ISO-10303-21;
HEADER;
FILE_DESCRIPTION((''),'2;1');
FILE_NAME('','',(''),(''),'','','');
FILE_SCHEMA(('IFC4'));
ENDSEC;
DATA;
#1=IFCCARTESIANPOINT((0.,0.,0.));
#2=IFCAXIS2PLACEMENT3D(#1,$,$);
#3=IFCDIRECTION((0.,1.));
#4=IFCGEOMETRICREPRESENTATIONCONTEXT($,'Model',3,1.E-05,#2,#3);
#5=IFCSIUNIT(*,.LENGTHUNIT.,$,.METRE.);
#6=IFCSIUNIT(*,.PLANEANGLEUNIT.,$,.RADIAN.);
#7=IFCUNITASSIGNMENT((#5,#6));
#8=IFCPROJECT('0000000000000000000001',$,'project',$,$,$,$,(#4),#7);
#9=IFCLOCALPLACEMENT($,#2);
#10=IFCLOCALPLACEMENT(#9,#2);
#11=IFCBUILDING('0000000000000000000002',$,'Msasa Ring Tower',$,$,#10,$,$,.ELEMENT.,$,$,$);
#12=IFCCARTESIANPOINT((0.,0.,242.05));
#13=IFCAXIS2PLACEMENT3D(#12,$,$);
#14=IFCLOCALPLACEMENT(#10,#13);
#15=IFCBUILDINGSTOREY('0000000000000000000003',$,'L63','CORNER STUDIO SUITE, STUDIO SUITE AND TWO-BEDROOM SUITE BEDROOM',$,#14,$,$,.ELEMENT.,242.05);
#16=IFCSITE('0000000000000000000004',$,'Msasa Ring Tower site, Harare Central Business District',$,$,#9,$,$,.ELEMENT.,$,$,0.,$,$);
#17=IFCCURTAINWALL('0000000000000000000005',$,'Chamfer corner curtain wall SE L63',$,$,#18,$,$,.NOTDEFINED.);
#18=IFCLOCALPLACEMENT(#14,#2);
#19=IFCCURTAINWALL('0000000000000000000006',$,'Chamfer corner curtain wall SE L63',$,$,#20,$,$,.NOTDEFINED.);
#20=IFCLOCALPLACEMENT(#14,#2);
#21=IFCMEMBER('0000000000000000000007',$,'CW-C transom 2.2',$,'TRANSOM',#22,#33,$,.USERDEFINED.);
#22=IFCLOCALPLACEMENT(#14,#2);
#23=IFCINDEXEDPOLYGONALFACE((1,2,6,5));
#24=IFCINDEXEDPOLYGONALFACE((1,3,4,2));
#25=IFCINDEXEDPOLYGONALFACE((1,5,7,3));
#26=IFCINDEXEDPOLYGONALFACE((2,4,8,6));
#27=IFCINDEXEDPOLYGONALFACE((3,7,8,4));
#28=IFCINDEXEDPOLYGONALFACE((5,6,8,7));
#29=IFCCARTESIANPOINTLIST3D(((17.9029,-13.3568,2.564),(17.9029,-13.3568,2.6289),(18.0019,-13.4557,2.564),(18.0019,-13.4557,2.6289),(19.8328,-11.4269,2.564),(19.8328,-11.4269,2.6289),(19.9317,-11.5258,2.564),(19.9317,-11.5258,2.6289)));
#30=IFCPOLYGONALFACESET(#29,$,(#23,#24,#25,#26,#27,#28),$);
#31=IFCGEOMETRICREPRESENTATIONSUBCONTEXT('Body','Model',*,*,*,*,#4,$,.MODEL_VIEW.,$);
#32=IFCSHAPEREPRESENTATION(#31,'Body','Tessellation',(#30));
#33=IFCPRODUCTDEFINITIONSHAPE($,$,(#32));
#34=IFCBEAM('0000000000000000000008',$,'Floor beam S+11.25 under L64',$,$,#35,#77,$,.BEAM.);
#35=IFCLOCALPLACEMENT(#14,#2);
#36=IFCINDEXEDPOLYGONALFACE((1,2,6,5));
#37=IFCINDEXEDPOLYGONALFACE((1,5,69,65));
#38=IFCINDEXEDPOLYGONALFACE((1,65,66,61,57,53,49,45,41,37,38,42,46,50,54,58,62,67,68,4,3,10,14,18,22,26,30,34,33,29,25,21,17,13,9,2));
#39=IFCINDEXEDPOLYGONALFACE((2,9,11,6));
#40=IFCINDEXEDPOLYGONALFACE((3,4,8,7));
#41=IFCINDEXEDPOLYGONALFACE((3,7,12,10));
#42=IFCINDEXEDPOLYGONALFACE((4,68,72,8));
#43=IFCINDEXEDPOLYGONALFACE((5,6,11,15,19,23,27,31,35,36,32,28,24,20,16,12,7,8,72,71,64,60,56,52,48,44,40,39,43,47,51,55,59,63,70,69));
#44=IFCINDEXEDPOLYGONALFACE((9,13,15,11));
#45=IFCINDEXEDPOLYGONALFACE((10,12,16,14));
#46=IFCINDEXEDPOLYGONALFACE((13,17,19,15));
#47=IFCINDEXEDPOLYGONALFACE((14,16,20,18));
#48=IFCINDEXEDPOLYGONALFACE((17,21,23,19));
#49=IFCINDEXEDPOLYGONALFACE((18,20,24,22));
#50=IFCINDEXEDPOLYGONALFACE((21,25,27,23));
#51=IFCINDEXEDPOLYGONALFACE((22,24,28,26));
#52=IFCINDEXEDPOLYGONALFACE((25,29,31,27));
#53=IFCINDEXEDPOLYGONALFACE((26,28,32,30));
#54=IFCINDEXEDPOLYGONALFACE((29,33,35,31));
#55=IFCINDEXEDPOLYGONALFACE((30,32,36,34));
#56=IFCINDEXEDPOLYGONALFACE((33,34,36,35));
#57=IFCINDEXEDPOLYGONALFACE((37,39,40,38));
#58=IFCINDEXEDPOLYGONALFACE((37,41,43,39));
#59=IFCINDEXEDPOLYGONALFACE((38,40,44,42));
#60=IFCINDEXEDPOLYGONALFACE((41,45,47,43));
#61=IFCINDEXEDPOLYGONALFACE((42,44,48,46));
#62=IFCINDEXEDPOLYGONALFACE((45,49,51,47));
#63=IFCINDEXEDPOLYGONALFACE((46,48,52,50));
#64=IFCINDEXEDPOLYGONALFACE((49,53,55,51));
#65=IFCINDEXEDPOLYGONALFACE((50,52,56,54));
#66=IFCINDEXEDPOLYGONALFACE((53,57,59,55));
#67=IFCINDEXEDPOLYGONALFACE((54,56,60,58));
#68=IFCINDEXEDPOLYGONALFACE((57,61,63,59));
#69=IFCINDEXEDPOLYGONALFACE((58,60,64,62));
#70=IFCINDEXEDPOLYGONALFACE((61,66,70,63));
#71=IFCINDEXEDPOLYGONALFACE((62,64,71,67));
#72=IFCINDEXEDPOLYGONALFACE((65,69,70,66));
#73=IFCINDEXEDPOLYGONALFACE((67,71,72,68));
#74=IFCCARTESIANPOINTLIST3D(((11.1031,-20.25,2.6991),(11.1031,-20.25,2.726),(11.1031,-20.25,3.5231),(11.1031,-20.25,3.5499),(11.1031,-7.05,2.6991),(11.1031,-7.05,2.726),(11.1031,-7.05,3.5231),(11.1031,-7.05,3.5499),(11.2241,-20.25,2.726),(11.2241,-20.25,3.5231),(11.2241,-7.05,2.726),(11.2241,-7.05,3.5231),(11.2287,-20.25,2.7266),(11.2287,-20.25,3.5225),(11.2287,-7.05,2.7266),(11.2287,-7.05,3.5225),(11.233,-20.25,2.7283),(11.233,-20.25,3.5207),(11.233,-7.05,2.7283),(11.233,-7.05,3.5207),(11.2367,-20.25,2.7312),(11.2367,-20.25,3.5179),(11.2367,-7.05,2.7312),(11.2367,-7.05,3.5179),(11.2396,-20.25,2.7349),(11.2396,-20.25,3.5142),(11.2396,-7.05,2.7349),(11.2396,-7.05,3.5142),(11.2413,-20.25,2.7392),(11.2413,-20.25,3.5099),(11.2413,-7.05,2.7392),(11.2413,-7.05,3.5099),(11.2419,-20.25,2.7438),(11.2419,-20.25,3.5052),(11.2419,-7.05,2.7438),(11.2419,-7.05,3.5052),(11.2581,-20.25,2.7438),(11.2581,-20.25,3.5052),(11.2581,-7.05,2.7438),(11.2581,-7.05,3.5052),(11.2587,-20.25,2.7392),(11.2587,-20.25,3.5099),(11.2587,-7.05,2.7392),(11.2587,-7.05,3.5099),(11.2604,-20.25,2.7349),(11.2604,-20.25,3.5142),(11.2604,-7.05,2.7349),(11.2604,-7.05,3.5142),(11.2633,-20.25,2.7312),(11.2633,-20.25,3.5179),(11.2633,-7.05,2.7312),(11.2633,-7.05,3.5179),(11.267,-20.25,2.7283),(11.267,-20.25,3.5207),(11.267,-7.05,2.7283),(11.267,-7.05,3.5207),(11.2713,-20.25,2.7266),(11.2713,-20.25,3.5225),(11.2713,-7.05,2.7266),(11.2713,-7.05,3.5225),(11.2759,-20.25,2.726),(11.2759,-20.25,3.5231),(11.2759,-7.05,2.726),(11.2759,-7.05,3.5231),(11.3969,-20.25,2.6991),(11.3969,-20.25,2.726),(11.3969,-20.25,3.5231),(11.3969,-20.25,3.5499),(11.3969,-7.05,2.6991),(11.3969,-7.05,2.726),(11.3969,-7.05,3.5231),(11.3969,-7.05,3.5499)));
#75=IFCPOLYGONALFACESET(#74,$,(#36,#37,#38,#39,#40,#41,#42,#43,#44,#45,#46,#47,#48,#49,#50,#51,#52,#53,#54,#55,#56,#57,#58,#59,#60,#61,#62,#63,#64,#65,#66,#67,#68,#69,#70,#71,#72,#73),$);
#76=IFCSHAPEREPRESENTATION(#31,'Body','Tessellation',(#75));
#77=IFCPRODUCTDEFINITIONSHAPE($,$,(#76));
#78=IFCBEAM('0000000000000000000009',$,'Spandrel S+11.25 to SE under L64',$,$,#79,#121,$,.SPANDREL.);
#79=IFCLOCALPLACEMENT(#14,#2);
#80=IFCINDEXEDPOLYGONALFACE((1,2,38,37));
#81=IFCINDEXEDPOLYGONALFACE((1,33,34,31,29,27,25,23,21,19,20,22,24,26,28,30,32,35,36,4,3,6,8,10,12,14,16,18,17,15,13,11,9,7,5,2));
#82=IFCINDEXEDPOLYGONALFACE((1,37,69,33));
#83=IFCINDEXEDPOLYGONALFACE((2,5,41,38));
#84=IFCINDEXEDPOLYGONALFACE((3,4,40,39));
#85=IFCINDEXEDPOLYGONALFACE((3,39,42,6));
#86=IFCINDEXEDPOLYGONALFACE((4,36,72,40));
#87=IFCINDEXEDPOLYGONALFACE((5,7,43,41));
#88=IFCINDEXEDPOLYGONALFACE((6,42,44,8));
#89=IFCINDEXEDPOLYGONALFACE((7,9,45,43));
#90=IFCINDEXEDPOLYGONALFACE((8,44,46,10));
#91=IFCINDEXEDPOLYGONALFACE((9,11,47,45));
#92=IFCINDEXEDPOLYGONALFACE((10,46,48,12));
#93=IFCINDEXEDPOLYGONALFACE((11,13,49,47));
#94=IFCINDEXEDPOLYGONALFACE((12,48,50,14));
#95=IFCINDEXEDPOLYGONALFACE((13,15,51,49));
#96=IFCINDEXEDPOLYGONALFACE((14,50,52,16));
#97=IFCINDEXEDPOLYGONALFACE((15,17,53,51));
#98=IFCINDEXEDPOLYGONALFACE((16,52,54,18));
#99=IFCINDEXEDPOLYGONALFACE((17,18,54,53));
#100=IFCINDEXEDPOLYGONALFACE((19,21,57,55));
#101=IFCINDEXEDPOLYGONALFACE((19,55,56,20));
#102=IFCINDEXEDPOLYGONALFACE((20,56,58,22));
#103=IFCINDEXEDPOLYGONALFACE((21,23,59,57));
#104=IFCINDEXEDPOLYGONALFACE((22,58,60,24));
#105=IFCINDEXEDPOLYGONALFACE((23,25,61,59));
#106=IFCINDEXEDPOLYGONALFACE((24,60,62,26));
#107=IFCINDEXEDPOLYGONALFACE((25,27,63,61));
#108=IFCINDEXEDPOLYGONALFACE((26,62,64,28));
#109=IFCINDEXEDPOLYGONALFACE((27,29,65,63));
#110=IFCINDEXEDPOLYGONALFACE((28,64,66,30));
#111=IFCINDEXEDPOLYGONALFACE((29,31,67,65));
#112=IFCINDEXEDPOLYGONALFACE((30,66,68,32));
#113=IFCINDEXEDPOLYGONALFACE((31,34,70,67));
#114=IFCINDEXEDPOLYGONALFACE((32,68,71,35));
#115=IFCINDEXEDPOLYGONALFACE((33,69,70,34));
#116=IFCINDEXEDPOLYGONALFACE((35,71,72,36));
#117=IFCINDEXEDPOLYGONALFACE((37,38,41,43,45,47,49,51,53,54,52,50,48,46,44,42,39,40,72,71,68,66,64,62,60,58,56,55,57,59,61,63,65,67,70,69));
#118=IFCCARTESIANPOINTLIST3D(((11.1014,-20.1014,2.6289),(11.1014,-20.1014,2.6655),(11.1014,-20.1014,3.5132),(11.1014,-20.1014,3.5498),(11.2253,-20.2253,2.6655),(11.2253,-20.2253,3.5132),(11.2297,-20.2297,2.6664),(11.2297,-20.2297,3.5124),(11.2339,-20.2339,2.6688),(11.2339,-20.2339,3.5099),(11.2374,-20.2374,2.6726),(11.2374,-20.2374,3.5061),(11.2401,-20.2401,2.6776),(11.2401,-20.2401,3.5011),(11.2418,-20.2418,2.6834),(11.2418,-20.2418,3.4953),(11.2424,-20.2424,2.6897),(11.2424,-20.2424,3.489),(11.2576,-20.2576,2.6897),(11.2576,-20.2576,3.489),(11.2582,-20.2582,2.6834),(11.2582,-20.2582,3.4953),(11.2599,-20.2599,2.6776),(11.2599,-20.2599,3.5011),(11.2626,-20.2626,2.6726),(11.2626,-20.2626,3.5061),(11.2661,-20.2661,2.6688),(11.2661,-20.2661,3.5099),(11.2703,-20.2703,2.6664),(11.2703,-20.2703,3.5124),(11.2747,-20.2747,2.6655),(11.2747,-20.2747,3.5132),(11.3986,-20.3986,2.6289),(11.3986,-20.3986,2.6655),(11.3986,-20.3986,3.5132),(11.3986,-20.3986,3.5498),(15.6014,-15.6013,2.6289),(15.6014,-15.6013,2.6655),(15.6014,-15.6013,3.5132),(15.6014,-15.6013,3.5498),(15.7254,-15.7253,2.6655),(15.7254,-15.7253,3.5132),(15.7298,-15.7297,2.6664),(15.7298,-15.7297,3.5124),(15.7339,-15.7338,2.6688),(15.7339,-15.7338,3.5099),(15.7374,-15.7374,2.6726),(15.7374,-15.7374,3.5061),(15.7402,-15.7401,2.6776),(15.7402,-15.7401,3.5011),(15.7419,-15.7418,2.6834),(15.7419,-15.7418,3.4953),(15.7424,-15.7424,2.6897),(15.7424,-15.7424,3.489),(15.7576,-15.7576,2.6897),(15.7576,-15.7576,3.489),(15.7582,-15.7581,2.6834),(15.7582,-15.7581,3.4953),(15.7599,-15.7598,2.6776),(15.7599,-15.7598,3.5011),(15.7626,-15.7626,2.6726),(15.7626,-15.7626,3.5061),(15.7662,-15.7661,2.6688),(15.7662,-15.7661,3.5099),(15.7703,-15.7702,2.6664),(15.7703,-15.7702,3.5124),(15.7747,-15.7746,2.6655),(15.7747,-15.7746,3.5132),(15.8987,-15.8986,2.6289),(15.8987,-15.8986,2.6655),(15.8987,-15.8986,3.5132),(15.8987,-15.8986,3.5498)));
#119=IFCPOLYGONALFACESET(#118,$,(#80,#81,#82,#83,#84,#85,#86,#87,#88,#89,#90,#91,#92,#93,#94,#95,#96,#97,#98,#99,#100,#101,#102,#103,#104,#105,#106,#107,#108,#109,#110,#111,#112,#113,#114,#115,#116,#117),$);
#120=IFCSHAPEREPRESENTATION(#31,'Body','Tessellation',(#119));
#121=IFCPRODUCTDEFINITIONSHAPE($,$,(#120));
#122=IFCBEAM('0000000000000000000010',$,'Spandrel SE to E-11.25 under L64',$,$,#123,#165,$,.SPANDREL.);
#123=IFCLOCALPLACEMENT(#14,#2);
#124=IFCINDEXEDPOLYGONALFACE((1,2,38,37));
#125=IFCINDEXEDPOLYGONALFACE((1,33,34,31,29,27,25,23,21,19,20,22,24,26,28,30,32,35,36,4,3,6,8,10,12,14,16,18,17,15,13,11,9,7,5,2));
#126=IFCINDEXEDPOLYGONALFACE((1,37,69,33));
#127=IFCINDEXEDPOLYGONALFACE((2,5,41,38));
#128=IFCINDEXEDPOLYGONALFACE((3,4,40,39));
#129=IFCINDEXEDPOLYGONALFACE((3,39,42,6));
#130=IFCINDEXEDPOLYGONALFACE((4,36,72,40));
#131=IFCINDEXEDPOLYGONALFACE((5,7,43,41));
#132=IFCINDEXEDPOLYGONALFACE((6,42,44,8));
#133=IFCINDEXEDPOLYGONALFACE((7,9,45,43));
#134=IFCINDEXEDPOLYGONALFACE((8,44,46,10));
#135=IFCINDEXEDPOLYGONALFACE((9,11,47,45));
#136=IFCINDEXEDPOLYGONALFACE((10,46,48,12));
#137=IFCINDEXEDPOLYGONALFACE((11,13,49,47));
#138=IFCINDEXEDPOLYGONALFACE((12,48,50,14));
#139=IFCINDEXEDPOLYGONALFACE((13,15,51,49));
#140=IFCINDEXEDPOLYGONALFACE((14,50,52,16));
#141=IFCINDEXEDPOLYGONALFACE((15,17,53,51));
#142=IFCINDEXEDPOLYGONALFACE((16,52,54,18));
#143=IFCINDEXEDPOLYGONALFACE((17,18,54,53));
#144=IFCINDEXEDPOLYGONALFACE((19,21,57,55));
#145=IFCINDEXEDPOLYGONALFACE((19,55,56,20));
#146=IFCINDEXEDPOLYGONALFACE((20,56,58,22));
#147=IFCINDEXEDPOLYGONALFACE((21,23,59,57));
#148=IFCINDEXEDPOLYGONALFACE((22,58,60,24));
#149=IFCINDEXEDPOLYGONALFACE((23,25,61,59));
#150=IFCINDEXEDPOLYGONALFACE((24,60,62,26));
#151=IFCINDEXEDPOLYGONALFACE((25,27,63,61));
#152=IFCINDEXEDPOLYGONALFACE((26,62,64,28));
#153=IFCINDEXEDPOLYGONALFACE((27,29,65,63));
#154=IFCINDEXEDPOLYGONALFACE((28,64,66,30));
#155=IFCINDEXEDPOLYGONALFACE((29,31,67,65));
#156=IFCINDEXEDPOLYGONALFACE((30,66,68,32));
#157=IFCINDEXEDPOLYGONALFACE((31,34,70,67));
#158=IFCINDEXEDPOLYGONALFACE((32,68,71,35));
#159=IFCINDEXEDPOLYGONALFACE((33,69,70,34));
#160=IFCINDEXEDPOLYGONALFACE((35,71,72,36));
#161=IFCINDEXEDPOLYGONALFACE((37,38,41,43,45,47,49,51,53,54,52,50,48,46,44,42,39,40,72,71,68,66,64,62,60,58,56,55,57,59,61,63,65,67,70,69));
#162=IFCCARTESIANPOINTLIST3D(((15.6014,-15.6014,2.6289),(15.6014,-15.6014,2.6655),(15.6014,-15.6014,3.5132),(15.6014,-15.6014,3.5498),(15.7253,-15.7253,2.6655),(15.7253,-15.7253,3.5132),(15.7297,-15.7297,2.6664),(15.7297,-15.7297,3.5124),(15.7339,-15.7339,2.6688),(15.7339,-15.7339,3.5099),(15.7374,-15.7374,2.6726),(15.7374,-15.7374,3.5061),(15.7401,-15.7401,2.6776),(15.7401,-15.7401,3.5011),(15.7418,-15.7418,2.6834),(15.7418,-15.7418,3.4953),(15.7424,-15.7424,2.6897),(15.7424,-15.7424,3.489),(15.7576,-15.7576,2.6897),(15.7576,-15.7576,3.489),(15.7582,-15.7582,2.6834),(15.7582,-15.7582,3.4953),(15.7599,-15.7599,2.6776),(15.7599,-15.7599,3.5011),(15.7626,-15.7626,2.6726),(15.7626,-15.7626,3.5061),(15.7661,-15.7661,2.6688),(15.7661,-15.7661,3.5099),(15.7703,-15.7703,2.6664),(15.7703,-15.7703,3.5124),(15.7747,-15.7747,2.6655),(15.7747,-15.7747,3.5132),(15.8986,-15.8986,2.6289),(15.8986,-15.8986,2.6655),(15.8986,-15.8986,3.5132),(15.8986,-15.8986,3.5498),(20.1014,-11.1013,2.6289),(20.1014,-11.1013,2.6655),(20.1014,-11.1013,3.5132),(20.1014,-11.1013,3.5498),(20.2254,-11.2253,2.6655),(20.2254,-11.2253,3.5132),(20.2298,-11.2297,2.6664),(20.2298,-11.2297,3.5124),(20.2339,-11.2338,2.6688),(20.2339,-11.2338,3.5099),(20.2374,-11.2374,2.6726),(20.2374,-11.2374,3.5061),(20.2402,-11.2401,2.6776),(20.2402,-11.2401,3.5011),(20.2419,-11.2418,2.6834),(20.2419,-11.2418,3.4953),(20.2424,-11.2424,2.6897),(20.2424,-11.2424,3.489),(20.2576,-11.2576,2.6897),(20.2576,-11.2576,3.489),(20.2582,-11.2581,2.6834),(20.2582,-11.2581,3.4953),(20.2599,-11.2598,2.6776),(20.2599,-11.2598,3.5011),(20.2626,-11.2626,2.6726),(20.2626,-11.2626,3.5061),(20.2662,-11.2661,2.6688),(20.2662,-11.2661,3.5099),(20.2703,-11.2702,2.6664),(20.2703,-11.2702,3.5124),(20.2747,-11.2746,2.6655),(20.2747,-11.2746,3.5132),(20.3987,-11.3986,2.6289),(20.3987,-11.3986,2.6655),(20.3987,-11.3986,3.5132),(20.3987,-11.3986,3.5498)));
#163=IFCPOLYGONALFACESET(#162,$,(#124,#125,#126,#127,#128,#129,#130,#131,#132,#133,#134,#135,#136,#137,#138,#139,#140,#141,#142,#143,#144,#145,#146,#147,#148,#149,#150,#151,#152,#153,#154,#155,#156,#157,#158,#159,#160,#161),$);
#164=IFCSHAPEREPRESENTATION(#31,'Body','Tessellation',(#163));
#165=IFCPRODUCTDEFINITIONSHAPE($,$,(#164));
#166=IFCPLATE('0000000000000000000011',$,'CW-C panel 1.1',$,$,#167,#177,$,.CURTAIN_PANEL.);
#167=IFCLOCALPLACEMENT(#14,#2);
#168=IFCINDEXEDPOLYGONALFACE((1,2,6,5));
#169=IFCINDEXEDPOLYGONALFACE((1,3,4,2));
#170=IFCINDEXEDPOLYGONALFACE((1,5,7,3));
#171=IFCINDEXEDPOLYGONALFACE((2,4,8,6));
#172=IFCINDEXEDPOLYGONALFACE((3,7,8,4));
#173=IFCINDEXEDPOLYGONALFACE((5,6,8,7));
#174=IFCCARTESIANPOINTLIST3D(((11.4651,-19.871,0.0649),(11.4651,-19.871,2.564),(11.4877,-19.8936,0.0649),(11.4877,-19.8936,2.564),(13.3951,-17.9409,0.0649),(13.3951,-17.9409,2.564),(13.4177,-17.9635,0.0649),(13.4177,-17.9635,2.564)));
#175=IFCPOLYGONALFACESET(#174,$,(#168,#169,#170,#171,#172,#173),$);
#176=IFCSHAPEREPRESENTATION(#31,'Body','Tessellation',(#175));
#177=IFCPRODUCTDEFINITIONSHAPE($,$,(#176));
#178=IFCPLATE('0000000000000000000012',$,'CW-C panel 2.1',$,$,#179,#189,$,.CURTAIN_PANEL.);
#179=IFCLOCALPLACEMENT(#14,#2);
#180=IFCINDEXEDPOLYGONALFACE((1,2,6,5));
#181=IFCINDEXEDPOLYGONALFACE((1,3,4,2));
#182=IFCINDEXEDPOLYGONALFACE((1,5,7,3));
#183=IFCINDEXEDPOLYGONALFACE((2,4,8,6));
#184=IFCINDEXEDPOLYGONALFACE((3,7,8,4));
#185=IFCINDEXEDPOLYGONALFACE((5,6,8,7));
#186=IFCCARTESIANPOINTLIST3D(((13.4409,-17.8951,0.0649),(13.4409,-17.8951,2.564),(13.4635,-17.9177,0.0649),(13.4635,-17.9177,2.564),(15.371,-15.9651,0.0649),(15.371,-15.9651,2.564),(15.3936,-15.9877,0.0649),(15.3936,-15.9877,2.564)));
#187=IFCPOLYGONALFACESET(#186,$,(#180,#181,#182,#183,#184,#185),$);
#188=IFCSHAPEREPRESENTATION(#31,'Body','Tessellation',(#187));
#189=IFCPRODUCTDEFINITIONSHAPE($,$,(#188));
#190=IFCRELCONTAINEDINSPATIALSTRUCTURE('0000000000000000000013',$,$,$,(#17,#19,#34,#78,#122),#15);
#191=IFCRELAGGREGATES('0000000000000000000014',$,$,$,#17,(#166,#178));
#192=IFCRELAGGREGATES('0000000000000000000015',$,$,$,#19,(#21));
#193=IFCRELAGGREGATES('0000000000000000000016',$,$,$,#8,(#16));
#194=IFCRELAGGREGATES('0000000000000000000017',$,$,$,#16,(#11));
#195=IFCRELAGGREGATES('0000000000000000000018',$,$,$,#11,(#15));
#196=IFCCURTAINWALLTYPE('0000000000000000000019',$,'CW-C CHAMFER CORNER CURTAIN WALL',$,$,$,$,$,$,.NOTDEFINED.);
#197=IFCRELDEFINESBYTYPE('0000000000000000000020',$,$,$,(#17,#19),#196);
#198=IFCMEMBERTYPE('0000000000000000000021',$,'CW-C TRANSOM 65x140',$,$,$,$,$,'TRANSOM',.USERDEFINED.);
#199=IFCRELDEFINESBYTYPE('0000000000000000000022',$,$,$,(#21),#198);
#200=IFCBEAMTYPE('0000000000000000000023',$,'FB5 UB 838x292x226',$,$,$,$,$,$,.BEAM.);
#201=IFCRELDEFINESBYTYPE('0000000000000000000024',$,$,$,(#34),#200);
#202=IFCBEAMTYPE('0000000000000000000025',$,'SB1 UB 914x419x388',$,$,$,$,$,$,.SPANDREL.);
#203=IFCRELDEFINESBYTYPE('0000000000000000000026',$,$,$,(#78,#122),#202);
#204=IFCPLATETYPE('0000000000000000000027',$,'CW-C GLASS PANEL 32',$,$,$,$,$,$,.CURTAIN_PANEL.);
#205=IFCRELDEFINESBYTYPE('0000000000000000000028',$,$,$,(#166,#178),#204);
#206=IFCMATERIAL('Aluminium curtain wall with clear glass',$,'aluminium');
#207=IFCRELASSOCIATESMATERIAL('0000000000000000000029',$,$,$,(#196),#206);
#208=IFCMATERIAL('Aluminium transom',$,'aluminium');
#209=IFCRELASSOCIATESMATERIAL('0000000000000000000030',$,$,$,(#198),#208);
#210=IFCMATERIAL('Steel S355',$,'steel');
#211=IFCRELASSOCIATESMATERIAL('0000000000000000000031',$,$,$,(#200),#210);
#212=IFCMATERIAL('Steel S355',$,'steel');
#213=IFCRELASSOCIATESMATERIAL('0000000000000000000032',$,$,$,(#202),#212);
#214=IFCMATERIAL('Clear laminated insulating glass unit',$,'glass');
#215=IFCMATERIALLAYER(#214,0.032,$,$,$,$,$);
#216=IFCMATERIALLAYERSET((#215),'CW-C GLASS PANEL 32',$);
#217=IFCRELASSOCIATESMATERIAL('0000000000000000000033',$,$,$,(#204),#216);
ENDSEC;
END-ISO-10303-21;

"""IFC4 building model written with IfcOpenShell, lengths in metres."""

from ifc_helpers import new_model, si_unit, direction, frame, origin, origin_2d, place, context, subcontext, project, spatial, rectangle, i_section, extrude, material, layer, layer_set, material_profile, profile_set, type_object, element, aggregate, save


model = new_model("IFC4")

# Units and contexts
model_context = context("Model", 3, precision=1e-05, world=origin(), true_north=direction((0.0, 1.0)))
body_context = subcontext(model_context, "Body", "Model", "MODEL_VIEW")
ifc_project = project(units=[si_unit("LENGTHUNIT", "METRE"), si_unit("PLANEANGLEUNIT", "RADIAN")], contexts=[model_context])

# Site, building, storey
site_placement = place(None, origin())
site = spatial("IfcSite", under=ifc_project, at=site_placement, Name="Msasa Ring Tower site, Harare Central Business District", CompositionType="ELEMENT", RefElevation=0.0)
building_placement = place(site_placement, origin())
building = spatial("IfcBuilding", under=site, at=building_placement, Name="Msasa Ring Tower", CompositionType="ELEMENT")
storey_placement = place(building_placement, frame((0.0, 0.0, 242.05)))
storey = spatial("IfcBuildingStorey", under=building, at=storey_placement, Name="L63", Description="CORNER STUDIO SUITE, STUDIO SUITE AND TWO-BEDROOM SUITE BEDROOM", CompositionType="ELEMENT", Elevation=242.05)

# Curtain walls
ifc_material_1 = material(Name="Aluminium curtain wall with clear glass", Category="aluminium")
curtain_wall_type = type_object("IfcCurtainWallType", Name="CW-C CHAMFER CORNER CURTAIN WALL", PredefinedType="NOTDEFINED", material=ifc_material_1)
curtain_wall_1_placement = place(storey_placement, origin())
curtain_wall_1 = element("IfcCurtainWall", 1, at=curtain_wall_1_placement, inside=storey, type_object=curtain_wall_type, Name="Chamfer corner curtain wall SE L63", PredefinedType="NOTDEFINED")
curtain_wall_2_placement = place(storey_placement, origin())
curtain_wall_2 = element("IfcCurtainWall", 2, at=curtain_wall_2_placement, inside=storey, type_object=curtain_wall_type, Name="Chamfer corner curtain wall SE L63", PredefinedType="NOTDEFINED")

# Member
ifc_material_2 = material(Name="Aluminium transom", Category="aluminium")
ifc_material_profile_1 = material_profile(ifc_material_2, rectangle(XDim=0.1399, YDim=0.0649, at=origin_2d()), Name="AL 65x140")
ifc_profile_set_1 = profile_set([ifc_material_profile_1], Name="Aluminium transom")
member_type_1 = type_object("IfcMemberType", Name="CW-C TRANSOM 65x140", ElementType="TRANSOM", PredefinedType="USERDEFINED", material=ifc_profile_set_1)
member_1_placement = place(storey_placement, frame((17.9524, -13.4062, 2.5964), z_axis=(0.707107, 0.707107, 0.0), x_axis=(-0.707107, 0.707107, 0.0)))
member_1 = element("IfcMember", 3, at=member_1_placement, type_object=member_type_1, Name="CW-C transom 2.2", ObjectType="TRANSOM", PredefinedType="USERDEFINED", context=body_context, shape_type="SweptSolid", body=[
    extrude(rectangle(XDim=0.1399, YDim=0.0649, at=origin_2d()), origin(), (0.0, 0.0, 1.0), 2.7292),
])

# Beams
ifc_material_3 = material(Name="Steel S355", Category="steel")
ifc_material_profile_2 = material_profile(ifc_material_3, i_section(OverallWidth=0.2937, OverallDepth=0.8508, WebThickness=0.0161, FlangeThickness=0.0269, FilletRadius=0.0178, at=origin_2d()), Name="UB 838x292x226")
ifc_profile_set_2 = profile_set([ifc_material_profile_2], Name="Steel S355")
beam_type_1 = type_object("IfcBeamType", Name="FB5 UB 838x292x226", PredefinedType="BEAM", material=ifc_profile_set_2)
beam_placement = place(storey_placement, frame((11.25, -20.25, 3.1245), z_axis=(0.0, 1.0, 0.0), x_axis=(-1.0, 0.0, 0.0)))
element("IfcBeam", 4, at=beam_placement, inside=storey, type_object=beam_type_1, Name="Floor beam S+11.25 under L64", PredefinedType="BEAM", context=body_context, shape_type="SweptSolid", body=[
    extrude(i_section(OverallWidth=0.2937, OverallDepth=0.8508, WebThickness=0.0161, FlangeThickness=0.0269, FilletRadius=0.0178, at=origin_2d()), origin(), (0.0, 0.0, 1.0), 13.2),
])
ifc_material_4 = material(Name="Steel S355", Category="steel")
ifc_material_profile_3 = material_profile(ifc_material_4, i_section(OverallWidth=0.4204, OverallDepth=0.9209, WebThickness=0.0215, FlangeThickness=0.0366, FilletRadius=0.0242, at=origin_2d()), Name="UB 914x419x388")
ifc_profile_set_3 = profile_set([ifc_material_profile_3], Name="Steel S355")
beam_type_2 = type_object("IfcBeamType", Name="SB1 UB 914x419x388", PredefinedType="SPANDREL", material=ifc_profile_set_3)
for number, where, z_axis, x_axis, name in (
    (5, (11.25, -20.25, 3.0894), (0.707107, 0.707107, 0.0), (-0.707107, 0.707107, 0.0), "Spandrel S+11.25 to SE under L64"),
    (6, (15.75, -15.75, 3.0894), (0.707107, 0.707107, 0.0), (-0.707107, 0.707107, 0.0), "Spandrel SE to E-11.25 under L64"),
):
    element("IfcBeam", number, at=place(storey_placement, frame(where, z_axis=z_axis, x_axis=x_axis)), inside=storey, type_object=beam_type_2, Name=name, PredefinedType="SPANDREL", context=body_context, shape_type="SweptSolid", body=[
        extrude(i_section(OverallWidth=0.4204, OverallDepth=0.9209, WebThickness=0.0215, FlangeThickness=0.0366, FilletRadius=0.0242, at=origin_2d()), origin(), (0.0, 0.0, 1.0), 6.364),
    ])

# Plates
ifc_material_5 = material(Name="Clear laminated insulating glass unit", Category="glass")
ifc_layer_1 = layer(ifc_material_5, 0.032)
ifc_layer_set_1 = layer_set([ifc_layer_1], Name="CW-C GLASS PANEL 32")
plate_type = type_object("IfcPlateType", Name="CW-C GLASS PANEL 32", PredefinedType="CURTAIN_PANEL", material=ifc_layer_set_1)
plate_1_placement = place(storey_placement, frame((12.4414, -18.9172, 0.0649), z_axis=(0.0, 0.0, 1.0), x_axis=(0.707107, 0.707107, 0.0)))
plate_1 = element("IfcPlate", 7, at=plate_1_placement, type_object=plate_type, Name="CW-C panel 1.1", PredefinedType="CURTAIN_PANEL", context=body_context, shape_type="SweptSolid", body=[
    extrude(rectangle(XDim=2.7295, YDim=0.032, at=origin_2d()), origin(), (0.0, 0.0, 1.0), 2.499),
])
plate_2_placement = place(storey_placement, frame((14.4172, -16.9414, 0.0649), z_axis=(0.0, 0.0, 1.0), x_axis=(0.707107, 0.707107, 0.0)))
plate_2 = element("IfcPlate", 8, at=plate_2_placement, type_object=plate_type, Name="CW-C panel 2.1", PredefinedType="CURTAIN_PANEL", context=body_context, shape_type="SweptSolid", body=[
    extrude(rectangle(XDim=2.7295, YDim=0.032, at=origin_2d()), origin(), (0.0, 0.0, 1.0), 2.499),
])
aggregate(curtain_wall_1, [plate_1, plate_2])
aggregate(curtain_wall_2, [member_1])

save(model, "model.ifc")
